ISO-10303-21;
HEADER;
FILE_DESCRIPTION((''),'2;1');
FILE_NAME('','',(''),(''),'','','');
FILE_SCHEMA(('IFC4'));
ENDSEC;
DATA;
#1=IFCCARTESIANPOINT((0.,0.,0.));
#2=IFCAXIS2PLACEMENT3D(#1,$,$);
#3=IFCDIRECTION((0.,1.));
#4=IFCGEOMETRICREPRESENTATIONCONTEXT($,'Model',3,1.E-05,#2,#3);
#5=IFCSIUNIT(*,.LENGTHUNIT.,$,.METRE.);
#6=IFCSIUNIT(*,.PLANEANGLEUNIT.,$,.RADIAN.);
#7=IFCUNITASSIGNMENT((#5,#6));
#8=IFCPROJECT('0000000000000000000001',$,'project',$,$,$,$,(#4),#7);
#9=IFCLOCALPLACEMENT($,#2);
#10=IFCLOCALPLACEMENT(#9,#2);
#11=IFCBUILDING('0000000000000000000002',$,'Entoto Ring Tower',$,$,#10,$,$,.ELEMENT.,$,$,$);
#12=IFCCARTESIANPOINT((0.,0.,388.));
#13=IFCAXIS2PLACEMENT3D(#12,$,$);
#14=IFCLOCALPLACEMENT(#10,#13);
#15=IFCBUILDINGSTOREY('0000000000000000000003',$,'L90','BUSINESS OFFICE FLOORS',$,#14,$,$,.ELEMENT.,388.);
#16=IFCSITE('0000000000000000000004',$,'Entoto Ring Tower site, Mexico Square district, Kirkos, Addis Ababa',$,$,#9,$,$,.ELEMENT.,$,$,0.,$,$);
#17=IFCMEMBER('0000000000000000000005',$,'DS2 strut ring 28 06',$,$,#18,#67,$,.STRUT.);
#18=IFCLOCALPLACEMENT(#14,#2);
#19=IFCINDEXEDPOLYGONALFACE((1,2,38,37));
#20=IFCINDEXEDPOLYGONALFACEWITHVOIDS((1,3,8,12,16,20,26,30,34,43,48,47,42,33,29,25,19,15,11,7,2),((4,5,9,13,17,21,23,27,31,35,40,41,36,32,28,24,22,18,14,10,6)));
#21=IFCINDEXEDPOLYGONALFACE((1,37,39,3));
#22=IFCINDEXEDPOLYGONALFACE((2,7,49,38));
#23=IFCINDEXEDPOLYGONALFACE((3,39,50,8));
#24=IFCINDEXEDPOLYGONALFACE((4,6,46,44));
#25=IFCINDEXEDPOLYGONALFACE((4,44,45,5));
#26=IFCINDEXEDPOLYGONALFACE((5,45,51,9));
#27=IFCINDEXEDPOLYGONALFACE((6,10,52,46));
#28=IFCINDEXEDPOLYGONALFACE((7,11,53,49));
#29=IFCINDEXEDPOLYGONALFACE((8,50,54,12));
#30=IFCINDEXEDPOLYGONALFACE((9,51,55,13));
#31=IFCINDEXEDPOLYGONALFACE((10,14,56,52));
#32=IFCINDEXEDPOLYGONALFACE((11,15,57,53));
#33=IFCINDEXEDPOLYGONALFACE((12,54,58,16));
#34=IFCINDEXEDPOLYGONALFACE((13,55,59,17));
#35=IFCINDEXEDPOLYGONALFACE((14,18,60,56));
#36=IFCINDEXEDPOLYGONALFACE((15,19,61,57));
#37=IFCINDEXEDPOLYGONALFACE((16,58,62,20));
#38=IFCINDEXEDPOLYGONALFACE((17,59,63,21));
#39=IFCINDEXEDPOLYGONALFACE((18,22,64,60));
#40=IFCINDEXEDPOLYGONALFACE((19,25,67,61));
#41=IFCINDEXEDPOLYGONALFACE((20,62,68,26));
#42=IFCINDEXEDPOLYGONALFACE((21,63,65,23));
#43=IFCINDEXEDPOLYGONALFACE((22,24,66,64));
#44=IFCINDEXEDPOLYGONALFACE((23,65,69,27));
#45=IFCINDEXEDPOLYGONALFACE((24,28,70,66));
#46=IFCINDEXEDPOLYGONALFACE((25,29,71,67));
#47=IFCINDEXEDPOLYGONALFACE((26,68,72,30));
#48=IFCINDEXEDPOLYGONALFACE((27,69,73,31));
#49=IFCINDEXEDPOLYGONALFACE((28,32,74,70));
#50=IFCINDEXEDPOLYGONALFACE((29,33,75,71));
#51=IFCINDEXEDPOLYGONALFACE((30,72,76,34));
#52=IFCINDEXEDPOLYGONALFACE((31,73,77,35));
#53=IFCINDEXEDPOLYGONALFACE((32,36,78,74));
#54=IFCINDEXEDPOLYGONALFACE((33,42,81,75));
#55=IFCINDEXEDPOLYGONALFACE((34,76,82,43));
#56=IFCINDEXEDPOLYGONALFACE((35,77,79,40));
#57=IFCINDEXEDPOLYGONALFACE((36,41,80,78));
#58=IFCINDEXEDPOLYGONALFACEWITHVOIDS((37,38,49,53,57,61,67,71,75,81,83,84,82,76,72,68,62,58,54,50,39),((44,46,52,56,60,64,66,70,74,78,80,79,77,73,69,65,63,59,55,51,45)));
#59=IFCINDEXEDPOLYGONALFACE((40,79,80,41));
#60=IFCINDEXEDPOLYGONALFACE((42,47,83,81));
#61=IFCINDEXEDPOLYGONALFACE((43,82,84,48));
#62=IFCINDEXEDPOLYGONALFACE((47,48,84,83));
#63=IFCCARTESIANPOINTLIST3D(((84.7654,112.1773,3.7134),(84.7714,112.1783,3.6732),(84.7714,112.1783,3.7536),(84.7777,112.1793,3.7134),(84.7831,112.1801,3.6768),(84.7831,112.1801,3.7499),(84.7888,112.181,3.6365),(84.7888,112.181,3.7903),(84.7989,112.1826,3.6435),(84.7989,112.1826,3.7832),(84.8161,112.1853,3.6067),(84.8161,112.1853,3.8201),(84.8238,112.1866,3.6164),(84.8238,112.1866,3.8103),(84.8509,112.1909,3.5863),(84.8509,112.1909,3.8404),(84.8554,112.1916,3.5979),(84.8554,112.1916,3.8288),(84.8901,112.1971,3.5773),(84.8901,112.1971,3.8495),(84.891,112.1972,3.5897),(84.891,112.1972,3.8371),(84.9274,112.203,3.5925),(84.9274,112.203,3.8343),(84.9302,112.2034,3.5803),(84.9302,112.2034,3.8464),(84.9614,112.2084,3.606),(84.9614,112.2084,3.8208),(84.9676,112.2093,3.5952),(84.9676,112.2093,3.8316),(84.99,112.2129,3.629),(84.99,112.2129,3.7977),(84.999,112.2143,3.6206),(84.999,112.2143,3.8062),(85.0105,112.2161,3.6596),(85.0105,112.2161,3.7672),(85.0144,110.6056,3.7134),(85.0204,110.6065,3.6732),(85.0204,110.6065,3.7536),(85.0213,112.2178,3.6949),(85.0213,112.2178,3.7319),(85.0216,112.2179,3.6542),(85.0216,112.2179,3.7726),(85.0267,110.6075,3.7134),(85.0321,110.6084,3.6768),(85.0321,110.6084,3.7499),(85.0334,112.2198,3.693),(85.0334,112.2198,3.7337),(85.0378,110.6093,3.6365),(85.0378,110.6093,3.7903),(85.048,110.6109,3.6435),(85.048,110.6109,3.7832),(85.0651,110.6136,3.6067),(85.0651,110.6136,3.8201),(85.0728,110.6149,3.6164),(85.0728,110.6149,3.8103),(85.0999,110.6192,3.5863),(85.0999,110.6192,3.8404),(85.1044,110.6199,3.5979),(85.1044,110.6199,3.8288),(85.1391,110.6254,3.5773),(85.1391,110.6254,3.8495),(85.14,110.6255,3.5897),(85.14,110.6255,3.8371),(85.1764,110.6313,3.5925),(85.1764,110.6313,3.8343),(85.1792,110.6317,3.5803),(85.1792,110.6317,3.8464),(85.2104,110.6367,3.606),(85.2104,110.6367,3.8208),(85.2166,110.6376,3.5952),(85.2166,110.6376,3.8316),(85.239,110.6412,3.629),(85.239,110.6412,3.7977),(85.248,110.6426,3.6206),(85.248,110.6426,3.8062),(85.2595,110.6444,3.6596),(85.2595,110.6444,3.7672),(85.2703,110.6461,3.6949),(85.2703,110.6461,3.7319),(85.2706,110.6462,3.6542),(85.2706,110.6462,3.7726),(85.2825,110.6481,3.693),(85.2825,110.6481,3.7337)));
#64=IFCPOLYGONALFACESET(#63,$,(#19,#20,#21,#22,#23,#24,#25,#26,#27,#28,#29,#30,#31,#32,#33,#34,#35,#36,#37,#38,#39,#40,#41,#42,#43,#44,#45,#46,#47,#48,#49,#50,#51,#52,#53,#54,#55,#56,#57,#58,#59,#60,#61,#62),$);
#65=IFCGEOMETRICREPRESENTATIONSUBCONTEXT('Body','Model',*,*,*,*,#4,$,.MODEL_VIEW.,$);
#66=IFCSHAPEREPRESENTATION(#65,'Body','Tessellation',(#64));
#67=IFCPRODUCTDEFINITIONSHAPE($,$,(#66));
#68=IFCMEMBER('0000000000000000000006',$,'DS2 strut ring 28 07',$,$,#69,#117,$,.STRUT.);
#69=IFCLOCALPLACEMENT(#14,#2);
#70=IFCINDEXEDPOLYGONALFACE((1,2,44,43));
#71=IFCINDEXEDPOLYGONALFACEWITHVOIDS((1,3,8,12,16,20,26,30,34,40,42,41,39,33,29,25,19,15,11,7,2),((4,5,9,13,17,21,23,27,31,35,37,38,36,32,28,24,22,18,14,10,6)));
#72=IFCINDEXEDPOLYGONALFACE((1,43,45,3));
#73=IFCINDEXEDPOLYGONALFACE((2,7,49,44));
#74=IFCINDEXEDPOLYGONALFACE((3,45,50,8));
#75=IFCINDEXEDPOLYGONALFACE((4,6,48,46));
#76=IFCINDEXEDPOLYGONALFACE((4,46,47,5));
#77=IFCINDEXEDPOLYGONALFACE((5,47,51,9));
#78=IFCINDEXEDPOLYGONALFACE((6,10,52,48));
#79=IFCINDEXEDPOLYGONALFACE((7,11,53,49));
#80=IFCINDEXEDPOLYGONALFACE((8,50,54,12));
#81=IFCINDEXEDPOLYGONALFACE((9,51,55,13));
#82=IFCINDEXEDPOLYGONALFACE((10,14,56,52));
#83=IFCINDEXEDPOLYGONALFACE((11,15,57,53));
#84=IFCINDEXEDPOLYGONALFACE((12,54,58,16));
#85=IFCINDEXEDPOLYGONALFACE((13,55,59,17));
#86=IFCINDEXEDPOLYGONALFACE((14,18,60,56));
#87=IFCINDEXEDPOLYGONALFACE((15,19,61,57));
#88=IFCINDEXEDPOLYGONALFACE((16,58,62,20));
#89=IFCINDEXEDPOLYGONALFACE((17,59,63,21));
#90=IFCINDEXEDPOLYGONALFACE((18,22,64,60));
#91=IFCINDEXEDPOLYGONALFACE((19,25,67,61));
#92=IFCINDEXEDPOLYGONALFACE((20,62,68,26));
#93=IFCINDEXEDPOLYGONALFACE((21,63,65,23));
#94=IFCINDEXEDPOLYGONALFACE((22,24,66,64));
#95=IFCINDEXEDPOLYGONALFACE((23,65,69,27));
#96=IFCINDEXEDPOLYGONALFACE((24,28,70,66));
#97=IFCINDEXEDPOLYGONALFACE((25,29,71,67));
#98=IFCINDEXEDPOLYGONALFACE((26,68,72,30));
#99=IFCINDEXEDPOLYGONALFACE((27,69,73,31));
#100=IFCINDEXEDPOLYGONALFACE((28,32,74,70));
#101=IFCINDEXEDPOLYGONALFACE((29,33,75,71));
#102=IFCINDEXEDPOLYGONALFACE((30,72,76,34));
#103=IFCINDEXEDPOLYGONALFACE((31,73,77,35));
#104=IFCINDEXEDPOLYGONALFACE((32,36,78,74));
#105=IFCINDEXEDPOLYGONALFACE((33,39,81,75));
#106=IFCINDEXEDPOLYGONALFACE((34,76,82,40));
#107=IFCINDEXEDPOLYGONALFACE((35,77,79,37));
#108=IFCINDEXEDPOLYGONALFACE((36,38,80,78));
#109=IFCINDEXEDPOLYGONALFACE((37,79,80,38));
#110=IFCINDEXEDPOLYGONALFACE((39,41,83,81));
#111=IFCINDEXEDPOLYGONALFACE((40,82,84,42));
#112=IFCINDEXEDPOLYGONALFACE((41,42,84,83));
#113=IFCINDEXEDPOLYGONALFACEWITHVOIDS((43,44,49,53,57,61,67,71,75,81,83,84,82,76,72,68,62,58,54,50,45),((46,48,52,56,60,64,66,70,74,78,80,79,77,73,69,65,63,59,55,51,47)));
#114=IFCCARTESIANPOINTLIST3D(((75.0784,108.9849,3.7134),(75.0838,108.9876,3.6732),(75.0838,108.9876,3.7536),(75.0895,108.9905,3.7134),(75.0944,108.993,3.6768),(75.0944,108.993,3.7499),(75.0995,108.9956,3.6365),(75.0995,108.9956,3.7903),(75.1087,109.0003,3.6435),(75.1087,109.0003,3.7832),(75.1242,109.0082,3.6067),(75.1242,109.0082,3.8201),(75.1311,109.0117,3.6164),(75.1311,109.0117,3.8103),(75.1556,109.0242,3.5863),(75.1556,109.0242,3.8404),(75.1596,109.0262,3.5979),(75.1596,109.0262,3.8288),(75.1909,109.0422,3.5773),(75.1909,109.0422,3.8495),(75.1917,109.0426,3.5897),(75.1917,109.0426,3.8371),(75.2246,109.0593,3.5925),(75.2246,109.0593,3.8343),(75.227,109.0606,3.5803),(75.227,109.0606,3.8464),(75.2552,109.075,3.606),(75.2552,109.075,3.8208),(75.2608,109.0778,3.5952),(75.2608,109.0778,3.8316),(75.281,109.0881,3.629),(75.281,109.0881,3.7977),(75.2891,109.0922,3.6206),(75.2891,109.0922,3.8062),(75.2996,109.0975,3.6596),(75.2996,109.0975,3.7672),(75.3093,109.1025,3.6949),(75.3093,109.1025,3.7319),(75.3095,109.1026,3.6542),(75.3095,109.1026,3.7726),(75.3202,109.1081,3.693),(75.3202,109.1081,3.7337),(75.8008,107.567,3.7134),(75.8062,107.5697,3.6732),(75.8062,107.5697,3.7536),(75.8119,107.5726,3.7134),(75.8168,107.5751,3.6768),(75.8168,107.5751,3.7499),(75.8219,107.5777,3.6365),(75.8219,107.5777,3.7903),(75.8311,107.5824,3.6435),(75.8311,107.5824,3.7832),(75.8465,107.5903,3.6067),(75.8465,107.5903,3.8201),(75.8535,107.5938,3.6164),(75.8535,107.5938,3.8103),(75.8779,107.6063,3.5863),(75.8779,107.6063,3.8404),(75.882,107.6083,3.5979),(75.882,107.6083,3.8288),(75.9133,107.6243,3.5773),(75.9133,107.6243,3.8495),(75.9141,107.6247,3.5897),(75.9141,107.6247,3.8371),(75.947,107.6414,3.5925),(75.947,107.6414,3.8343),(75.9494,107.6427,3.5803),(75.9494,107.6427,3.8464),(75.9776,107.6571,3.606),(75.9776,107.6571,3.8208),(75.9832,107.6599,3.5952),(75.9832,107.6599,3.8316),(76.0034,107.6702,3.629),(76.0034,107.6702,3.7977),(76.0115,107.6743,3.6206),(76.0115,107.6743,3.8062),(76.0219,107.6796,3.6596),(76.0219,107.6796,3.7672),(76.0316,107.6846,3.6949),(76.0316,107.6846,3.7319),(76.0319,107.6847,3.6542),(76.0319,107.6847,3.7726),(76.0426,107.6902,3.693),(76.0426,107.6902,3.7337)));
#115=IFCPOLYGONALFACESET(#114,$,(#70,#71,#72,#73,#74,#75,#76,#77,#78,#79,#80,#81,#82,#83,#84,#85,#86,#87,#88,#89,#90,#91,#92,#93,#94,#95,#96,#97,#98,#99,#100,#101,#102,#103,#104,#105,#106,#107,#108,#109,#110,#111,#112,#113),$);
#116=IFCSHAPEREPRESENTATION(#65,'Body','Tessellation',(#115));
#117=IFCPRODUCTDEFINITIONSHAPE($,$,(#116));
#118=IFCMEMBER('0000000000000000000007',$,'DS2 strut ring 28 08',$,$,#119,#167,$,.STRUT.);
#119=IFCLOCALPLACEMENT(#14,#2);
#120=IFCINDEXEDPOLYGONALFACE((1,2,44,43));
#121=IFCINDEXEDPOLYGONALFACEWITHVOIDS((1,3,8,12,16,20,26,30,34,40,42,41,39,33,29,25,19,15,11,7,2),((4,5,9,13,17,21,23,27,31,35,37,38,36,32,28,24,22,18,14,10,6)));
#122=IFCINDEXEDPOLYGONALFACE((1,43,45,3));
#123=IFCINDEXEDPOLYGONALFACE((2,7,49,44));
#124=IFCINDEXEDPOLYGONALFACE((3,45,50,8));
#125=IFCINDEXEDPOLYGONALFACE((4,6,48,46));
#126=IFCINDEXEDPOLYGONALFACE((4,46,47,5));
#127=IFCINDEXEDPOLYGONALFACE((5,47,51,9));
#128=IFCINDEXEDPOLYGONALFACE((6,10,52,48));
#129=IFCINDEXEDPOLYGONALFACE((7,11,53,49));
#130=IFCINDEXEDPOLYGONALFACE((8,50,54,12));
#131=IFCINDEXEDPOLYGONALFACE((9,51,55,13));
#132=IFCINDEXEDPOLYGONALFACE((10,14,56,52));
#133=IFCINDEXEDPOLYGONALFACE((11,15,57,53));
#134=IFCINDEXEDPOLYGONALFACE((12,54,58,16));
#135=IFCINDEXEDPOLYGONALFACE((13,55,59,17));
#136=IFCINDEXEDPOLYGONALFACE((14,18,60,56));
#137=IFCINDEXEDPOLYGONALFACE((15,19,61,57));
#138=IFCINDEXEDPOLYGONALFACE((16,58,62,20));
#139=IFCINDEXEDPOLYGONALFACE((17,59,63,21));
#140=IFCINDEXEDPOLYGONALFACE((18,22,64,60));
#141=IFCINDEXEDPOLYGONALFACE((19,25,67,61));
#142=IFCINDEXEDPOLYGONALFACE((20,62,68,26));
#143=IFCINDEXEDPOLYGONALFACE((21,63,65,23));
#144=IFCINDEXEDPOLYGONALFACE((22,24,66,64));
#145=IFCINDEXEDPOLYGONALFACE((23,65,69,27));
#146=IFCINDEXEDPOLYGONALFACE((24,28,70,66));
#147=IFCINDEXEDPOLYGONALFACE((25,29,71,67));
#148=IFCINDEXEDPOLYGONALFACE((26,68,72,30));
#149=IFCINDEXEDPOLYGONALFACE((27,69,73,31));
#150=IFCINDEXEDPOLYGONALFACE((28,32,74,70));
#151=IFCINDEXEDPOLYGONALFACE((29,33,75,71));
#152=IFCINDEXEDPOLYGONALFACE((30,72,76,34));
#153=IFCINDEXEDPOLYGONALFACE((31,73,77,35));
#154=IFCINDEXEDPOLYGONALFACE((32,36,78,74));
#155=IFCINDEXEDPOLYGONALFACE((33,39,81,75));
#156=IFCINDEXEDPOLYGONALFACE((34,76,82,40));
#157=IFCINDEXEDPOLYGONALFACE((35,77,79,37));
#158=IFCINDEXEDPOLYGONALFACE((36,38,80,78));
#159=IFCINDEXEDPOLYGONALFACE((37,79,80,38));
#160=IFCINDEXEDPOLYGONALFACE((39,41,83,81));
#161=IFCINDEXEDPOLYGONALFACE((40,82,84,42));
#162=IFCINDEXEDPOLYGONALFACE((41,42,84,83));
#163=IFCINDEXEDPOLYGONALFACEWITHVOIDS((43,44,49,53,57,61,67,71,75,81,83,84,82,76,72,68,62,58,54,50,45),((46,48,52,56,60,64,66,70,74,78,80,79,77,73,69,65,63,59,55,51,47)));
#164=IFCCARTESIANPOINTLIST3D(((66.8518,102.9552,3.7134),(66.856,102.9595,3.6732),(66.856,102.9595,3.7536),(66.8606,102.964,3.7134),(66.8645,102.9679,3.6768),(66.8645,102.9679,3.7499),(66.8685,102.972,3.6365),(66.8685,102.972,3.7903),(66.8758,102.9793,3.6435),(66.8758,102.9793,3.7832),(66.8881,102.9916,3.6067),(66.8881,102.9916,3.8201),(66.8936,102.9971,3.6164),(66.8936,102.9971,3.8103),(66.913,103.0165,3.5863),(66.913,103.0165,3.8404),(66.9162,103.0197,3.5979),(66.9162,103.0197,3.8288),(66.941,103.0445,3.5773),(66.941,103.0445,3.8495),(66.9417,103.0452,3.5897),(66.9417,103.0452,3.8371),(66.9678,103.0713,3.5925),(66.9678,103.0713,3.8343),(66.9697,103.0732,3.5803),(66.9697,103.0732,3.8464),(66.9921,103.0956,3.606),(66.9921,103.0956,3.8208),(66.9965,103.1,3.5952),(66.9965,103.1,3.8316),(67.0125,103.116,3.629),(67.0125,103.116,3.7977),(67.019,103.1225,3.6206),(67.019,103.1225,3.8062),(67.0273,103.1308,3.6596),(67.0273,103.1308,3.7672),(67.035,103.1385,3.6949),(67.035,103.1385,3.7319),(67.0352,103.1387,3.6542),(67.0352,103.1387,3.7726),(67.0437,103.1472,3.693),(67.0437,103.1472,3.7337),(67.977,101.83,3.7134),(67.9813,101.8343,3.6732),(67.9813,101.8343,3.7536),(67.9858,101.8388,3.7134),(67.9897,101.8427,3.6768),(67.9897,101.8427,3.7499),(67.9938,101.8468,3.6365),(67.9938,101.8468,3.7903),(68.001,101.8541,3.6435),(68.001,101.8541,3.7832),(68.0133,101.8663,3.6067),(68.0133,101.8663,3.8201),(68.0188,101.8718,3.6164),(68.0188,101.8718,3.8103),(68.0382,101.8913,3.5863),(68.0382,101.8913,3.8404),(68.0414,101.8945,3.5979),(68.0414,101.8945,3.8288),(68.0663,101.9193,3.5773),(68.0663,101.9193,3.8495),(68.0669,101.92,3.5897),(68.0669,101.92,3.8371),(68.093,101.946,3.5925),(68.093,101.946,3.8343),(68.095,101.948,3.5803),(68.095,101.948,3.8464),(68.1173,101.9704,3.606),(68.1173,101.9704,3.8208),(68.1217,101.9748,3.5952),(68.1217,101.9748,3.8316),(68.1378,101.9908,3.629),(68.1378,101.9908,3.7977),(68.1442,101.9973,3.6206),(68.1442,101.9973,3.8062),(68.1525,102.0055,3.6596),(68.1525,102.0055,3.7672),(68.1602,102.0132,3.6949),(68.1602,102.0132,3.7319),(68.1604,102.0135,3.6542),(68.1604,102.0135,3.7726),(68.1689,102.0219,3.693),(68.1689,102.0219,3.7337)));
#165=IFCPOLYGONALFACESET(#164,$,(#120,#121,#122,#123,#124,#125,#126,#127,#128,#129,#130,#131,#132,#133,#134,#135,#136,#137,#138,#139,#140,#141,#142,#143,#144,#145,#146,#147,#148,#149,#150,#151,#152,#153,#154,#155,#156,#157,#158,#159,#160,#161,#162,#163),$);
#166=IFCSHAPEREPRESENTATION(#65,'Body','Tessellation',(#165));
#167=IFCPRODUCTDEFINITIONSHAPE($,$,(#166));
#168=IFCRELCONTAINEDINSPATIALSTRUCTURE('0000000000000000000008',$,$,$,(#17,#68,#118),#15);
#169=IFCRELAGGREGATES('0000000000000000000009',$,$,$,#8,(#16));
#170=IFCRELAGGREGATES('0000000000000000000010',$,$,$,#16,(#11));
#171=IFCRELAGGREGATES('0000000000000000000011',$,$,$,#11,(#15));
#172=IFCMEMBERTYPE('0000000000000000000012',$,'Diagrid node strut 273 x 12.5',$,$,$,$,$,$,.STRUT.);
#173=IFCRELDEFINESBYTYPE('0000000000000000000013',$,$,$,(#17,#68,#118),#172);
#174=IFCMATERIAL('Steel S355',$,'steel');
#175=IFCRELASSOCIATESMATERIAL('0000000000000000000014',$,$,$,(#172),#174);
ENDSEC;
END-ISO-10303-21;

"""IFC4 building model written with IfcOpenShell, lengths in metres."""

from ifc_helpers import new_model, si_unit, direction, frame, origin, origin_2d, place, context, subcontext, project, spatial, circle, hollow_circle, extrude, material, material_profile, profile_set, type_object, element, save


model = new_model("IFC4")

# Units and contexts
model_context = context("Model", 3, precision=1e-05, world=origin(), true_north=direction((0.0, 1.0)))
body_context = subcontext(model_context, "Body", "Model", "MODEL_VIEW")
ifc_project = project(units=[si_unit("LENGTHUNIT", "METRE"), si_unit("PLANEANGLEUNIT", "RADIAN")], contexts=[model_context])

# Site, building, storey
site_placement = place(None, origin())
site = spatial("IfcSite", under=ifc_project, at=site_placement, Name="Entoto Ring Tower site, Mexico Square district, Kirkos, Addis Ababa", CompositionType="ELEMENT", RefElevation=0.0)
building_placement = place(site_placement, origin())
building = spatial("IfcBuilding", under=site, at=building_placement, Name="Entoto Ring Tower", CompositionType="ELEMENT")
storey_placement = place(building_placement, frame((0.0, 0.0, 388.0)))
storey = spatial("IfcBuildingStorey", under=building, at=storey_placement, Name="L90", Description="BUSINESS OFFICE FLOORS", CompositionType="ELEMENT", Elevation=388.0)

# Members
ifc_material_1 = material(Name="Steel S355", Category="steel")
ifc_material_profile_1 = material_profile(ifc_material_1, hollow_circle(Radius=0.1365, WallThickness=0.0125, at=origin_2d()), Name="CHS 273 x 12.5")
ifc_material_2 = material(Name="Concrete C60/75", Category="concrete")
ifc_material_profile_2 = material_profile(ifc_material_2, circle(Radius=0.124, at=origin_2d()), Name="Concrete C60/75 infill")
ifc_profile_set_1 = profile_set([ifc_material_profile_1, ifc_material_profile_2], Name="Steel S355")
member_type = type_object("IfcMemberType", Name="Diagrid node strut 273 x 12.5", PredefinedType="STRUT", material=ifc_profile_set_1)
for number, where, z_axis, x_axis, name in (
    (1, (85.1492, 110.627, 3.7134), (-0.156483, 0.987681, 0.0), (-0.987681, -0.156483, 0.0), "DS2 strut ring 28 06"),
    (2, (75.9224, 107.6289, 3.7134), (-0.453951, 0.891027, 0.0), (-0.891027, -0.453951, 0.0), "DS2 strut ring 28 07"),
    (3, (68.0735, 101.9265, 3.7134), (-0.707107, 0.707107, 0.0), (-0.707107, -0.707107, 0.0), "DS2 strut ring 28 08"),
):
    element("IfcMember", number, at=place(storey_placement, frame(where, z_axis=z_axis, x_axis=x_axis)), inside=storey, type_object=member_type, Name=name, PredefinedType="STRUT", context=body_context, shape_type="SweptSolid", body=[
        extrude(hollow_circle(Radius=0.1365, WallThickness=0.0125, at=origin_2d()), origin(), (0.0, 0.0, 1.0), 1.5913),
    ])

save(model, "model.ifc")
